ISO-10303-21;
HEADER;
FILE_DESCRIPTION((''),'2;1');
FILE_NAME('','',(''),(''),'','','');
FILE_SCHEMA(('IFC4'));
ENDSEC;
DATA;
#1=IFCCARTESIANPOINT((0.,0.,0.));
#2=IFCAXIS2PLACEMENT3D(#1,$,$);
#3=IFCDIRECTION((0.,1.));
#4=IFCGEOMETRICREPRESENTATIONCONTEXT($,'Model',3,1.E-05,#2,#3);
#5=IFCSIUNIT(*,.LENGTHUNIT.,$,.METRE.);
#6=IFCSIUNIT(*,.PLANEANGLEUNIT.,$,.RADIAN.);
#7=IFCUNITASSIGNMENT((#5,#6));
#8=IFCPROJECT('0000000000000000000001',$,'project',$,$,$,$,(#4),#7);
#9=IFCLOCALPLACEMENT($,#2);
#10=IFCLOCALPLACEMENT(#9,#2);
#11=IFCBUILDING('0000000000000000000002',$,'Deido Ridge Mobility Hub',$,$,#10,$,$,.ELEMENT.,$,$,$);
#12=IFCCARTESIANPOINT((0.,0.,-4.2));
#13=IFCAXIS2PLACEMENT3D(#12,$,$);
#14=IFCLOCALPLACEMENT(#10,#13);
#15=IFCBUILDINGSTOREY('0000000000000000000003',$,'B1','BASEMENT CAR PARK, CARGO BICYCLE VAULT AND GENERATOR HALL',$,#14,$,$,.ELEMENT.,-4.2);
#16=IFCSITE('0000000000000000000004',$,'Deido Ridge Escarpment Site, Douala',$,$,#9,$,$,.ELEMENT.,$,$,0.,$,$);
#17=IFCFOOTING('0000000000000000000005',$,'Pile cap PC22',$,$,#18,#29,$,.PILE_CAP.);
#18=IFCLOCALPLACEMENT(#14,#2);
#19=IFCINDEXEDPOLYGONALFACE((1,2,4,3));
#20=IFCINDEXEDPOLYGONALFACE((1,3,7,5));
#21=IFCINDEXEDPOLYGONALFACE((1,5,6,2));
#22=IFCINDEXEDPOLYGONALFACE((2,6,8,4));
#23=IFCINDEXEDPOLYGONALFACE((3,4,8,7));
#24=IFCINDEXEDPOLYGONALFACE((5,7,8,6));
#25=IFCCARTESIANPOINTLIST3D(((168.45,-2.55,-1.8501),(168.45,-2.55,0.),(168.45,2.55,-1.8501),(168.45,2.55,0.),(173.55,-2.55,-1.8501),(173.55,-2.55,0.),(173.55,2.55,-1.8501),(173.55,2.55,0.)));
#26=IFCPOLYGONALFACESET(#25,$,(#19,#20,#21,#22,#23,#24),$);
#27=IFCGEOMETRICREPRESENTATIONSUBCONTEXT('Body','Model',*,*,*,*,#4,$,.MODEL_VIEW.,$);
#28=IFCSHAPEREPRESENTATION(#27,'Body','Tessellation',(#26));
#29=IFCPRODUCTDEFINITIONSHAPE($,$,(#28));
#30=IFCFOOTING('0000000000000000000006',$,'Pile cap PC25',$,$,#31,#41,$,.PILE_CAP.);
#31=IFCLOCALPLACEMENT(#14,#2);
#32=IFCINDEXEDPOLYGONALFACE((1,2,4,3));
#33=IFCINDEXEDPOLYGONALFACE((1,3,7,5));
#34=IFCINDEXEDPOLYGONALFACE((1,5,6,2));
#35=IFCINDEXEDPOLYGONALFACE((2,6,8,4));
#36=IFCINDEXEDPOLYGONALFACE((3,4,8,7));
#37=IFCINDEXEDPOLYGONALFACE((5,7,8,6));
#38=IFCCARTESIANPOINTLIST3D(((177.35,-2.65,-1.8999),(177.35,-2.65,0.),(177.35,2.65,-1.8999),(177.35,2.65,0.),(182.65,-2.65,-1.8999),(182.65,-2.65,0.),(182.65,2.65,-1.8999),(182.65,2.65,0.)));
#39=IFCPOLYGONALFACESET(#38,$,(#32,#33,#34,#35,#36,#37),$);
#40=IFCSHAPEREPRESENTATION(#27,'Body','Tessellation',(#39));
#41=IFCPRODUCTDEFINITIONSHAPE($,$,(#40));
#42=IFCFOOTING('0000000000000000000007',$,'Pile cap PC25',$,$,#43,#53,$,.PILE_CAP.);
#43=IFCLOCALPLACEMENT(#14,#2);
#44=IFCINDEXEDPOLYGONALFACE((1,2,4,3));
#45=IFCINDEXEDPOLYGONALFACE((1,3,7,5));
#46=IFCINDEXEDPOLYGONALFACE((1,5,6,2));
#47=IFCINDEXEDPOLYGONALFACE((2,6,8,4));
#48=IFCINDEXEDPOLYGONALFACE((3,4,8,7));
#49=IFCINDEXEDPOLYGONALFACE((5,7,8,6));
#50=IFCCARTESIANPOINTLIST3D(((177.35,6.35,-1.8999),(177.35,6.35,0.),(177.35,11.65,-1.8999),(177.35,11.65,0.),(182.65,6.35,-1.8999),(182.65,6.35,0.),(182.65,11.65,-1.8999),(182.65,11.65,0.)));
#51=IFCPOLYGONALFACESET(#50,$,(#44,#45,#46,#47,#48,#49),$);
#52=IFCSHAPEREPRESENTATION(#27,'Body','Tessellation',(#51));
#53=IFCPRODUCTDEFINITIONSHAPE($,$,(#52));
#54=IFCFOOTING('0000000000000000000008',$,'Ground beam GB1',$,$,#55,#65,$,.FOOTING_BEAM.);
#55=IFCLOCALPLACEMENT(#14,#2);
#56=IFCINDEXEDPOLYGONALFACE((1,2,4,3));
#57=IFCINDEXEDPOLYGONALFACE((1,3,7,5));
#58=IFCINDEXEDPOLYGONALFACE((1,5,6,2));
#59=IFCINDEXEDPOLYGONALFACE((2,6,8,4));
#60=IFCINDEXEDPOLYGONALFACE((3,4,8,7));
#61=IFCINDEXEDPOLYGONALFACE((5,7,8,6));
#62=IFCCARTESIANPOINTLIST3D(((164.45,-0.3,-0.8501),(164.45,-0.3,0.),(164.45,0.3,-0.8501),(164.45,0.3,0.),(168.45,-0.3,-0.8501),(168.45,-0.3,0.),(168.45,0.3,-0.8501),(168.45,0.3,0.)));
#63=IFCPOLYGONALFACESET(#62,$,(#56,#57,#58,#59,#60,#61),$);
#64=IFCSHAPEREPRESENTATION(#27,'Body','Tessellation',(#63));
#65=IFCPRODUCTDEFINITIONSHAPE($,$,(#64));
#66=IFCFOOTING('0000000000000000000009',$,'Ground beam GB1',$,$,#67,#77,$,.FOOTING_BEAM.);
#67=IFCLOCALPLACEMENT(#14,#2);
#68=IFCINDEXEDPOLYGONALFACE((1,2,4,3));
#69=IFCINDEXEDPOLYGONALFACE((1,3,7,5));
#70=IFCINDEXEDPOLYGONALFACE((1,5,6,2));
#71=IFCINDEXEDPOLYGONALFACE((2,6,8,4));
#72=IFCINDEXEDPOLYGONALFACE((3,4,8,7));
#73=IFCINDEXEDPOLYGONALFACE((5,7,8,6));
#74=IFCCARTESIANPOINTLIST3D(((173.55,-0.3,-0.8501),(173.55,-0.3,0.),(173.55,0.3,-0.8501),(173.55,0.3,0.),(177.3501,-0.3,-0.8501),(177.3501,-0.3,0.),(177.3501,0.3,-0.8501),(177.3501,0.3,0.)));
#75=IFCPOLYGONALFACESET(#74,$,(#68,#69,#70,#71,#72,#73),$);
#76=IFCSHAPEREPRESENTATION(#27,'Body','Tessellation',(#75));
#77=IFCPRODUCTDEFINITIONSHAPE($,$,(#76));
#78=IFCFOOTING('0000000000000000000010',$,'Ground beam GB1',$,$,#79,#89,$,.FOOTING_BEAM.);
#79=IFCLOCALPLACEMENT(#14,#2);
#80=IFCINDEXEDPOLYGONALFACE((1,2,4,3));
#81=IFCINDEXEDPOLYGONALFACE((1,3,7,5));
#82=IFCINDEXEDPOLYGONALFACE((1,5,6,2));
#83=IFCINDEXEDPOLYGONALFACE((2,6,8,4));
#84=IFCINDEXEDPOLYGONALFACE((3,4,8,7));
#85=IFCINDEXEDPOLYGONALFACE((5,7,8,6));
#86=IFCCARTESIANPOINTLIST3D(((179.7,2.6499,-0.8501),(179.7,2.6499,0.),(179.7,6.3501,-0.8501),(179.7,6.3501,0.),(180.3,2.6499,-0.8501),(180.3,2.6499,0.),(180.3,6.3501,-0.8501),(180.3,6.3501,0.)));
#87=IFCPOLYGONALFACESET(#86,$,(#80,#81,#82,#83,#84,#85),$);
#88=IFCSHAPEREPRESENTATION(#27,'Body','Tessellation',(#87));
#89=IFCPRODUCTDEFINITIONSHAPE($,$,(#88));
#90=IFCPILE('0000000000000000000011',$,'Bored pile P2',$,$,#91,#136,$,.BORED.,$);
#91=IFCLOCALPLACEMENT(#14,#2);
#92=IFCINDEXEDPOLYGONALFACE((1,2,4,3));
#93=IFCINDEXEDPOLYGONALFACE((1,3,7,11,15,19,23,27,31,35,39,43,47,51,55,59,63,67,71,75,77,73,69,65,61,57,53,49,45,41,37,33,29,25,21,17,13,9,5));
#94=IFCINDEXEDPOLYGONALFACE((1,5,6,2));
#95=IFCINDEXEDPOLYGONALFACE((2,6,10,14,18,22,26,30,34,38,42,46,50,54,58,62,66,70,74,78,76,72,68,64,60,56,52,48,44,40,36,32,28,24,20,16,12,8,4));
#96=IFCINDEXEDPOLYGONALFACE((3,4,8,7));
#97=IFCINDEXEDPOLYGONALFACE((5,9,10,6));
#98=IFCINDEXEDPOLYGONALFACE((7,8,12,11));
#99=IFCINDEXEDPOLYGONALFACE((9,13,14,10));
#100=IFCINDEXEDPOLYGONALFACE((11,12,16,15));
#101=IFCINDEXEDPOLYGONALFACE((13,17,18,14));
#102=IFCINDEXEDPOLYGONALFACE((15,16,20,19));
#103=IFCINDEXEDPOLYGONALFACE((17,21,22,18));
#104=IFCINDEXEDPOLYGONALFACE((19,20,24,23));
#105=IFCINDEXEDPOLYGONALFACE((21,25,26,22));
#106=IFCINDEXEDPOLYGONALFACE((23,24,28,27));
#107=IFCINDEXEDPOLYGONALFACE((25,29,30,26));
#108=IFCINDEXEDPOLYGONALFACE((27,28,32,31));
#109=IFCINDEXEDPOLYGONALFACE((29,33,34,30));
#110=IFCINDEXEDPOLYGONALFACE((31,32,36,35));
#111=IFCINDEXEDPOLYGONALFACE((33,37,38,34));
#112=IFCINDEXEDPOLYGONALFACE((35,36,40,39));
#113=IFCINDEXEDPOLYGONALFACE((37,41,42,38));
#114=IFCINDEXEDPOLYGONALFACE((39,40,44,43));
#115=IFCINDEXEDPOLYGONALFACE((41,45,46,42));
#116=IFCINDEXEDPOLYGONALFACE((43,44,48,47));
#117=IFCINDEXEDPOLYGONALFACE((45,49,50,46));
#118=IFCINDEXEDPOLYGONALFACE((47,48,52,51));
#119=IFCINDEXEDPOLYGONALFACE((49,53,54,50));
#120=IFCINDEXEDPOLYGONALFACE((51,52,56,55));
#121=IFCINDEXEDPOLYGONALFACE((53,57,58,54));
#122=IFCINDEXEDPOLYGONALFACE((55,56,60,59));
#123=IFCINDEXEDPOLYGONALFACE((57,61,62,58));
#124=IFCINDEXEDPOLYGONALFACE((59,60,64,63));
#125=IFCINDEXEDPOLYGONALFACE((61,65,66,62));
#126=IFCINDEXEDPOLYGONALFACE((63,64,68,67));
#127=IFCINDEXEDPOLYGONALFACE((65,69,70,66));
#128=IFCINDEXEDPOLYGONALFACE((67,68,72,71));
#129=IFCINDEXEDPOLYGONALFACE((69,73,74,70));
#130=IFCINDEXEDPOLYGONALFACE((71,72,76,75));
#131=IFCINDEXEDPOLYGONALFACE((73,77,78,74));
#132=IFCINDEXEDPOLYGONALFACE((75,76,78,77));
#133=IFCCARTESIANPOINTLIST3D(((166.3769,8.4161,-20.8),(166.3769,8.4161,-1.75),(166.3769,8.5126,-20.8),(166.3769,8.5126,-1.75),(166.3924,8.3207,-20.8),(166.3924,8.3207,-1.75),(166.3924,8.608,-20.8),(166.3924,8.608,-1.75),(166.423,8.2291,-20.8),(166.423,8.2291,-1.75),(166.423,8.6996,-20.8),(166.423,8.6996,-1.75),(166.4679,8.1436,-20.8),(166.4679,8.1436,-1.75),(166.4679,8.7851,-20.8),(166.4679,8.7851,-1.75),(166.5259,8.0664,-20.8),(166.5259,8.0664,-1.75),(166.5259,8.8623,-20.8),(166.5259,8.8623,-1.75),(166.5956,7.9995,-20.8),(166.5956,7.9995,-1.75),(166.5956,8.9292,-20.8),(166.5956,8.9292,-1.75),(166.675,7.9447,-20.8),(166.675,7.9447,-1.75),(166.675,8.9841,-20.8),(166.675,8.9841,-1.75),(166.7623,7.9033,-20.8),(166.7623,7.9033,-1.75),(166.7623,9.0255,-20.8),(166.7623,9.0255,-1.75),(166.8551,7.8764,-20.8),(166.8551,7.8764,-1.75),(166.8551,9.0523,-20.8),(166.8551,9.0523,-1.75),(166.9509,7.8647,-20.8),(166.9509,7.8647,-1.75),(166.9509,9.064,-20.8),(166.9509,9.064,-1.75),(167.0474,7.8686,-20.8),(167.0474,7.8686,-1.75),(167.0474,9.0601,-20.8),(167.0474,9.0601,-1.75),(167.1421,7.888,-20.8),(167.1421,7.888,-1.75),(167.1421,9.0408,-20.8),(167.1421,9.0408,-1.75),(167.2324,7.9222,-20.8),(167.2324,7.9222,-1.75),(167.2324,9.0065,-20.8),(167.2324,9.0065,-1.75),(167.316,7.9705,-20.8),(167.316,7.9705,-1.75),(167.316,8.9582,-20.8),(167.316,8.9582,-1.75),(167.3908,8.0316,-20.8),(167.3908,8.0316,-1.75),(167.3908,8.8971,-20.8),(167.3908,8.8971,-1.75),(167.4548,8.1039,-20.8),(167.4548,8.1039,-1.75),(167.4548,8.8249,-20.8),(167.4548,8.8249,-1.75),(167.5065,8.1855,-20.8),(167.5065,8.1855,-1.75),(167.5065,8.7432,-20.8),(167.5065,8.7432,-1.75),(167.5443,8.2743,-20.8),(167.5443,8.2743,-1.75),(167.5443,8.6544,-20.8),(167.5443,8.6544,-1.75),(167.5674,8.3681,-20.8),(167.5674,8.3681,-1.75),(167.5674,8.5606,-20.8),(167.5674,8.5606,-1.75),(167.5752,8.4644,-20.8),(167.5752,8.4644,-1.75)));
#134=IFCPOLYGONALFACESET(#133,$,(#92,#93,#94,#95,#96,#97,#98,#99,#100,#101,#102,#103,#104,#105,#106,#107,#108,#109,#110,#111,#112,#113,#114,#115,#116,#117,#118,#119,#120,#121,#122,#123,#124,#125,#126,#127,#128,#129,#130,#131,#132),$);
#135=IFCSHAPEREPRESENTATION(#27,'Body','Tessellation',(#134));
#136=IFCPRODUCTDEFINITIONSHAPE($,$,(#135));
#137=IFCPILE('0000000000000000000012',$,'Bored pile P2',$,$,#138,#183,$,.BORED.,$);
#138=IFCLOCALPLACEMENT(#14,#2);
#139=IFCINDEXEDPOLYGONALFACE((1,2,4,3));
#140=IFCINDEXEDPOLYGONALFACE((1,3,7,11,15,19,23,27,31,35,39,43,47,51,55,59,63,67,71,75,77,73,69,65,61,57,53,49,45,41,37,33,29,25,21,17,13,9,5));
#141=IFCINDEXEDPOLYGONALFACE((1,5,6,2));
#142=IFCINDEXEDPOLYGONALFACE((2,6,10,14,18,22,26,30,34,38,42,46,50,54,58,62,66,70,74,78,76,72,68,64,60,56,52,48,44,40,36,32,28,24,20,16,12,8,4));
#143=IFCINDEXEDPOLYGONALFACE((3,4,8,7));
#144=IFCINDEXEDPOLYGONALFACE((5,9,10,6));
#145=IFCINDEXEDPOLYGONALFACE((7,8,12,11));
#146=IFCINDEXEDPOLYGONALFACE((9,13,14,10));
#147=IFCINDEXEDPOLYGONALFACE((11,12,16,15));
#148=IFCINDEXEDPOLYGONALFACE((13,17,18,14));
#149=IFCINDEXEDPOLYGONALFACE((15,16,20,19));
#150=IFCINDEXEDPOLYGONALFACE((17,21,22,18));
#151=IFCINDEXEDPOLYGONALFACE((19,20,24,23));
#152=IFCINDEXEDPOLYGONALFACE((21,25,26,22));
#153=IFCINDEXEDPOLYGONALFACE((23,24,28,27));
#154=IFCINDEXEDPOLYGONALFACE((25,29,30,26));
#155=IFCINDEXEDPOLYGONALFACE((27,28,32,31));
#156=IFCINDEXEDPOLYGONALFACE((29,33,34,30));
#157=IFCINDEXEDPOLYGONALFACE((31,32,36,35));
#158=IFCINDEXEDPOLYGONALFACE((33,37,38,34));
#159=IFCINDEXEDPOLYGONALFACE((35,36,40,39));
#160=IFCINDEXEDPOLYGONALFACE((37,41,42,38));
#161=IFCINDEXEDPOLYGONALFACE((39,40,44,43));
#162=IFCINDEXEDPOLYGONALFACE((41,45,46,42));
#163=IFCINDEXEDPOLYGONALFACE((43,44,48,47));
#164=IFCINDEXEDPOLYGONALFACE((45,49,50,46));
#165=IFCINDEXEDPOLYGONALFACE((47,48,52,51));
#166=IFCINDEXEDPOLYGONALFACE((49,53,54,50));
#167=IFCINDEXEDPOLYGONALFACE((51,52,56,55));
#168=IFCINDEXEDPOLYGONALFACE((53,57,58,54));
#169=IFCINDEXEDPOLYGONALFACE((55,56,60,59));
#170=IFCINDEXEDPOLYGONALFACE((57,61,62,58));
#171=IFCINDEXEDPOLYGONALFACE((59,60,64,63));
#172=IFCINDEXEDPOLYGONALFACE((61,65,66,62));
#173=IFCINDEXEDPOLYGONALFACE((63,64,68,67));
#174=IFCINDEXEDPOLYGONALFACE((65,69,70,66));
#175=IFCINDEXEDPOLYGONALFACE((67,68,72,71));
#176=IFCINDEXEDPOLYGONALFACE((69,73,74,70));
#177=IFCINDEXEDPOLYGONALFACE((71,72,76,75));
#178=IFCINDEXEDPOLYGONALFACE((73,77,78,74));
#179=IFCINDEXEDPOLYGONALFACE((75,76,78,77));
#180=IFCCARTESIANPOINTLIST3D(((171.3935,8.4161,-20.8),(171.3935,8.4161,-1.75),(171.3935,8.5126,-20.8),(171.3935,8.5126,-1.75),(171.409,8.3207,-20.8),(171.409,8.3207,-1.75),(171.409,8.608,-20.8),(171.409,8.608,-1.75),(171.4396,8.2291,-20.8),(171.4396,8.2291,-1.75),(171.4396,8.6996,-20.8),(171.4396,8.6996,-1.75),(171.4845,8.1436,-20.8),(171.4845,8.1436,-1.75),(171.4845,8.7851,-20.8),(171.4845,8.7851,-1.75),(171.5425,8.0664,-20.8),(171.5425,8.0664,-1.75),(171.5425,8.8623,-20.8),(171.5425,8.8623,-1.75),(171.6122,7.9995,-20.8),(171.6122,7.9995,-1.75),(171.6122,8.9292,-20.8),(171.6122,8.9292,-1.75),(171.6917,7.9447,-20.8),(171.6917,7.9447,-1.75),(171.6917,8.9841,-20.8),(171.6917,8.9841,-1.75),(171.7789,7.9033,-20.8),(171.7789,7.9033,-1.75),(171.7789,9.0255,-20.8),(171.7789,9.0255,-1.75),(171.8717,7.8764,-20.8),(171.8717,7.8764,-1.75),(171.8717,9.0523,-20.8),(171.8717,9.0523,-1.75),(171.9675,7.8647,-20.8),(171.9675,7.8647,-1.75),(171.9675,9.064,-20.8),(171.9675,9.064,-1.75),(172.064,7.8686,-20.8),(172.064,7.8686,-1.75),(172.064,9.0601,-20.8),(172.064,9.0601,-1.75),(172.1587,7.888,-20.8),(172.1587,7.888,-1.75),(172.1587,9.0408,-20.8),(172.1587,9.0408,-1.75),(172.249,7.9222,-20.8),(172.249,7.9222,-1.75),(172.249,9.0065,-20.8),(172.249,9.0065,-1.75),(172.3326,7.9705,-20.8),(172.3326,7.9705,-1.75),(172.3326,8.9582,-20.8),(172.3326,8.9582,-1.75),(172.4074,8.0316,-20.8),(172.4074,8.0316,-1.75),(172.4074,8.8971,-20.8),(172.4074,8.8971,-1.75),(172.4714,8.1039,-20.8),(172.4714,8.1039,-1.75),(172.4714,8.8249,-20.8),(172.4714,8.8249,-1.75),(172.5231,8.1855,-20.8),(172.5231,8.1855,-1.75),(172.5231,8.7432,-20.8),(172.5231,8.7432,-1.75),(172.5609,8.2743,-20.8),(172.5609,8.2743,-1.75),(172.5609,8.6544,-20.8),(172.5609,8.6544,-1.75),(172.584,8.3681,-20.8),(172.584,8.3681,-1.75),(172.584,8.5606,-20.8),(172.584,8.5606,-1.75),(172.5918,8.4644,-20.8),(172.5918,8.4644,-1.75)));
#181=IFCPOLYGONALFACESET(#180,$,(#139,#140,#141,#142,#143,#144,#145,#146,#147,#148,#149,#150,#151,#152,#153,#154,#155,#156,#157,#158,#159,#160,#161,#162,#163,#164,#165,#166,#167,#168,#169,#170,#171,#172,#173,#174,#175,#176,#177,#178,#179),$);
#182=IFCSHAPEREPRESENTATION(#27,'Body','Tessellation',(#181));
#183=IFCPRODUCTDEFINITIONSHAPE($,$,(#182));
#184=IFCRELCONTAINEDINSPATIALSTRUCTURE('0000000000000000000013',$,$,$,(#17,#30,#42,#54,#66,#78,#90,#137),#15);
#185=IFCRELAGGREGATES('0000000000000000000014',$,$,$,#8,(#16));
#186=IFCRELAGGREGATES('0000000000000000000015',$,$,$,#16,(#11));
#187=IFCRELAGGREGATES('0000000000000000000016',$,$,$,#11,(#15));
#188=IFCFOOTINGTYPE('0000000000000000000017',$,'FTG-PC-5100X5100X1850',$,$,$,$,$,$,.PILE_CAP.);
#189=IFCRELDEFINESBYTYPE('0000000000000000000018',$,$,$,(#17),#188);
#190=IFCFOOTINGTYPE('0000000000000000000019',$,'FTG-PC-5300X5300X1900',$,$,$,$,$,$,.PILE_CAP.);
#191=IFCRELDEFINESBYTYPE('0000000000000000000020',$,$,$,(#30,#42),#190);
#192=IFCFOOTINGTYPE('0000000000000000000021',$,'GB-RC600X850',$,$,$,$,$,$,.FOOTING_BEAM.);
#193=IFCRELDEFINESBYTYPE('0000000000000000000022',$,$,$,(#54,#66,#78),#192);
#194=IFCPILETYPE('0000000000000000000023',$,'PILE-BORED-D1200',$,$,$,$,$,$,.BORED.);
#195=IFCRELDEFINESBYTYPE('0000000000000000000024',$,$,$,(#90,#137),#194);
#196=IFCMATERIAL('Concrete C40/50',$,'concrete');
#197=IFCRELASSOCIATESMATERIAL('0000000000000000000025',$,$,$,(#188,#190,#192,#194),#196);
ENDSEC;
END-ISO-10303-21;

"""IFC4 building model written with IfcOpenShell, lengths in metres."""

from ifc_helpers import new_model, si_unit, direction, frame, origin, origin_2d, place, context, subcontext, project, spatial, rectangle, circle, extrude, material, material_profile, profile_set, type_object, element, save


model = new_model("IFC4")

# Units and contexts
model_context = context("Model", 3, precision=1e-05, world=origin(), true_north=direction((0.0, 1.0)))
body_context = subcontext(model_context, "Body", "Model", "MODEL_VIEW")
ifc_project = project(units=[si_unit("LENGTHUNIT", "METRE"), si_unit("PLANEANGLEUNIT", "RADIAN")], contexts=[model_context])

# Site, building, storey
site_placement = place(None, origin())
site = spatial("IfcSite", under=ifc_project, at=site_placement, Name="Deido Ridge Escarpment Site, Douala", CompositionType="ELEMENT", RefElevation=0.0)
building_placement = place(site_placement, origin())
building = spatial("IfcBuilding", under=site, at=building_placement, Name="Deido Ridge Mobility Hub", CompositionType="ELEMENT")
storey_placement = place(building_placement, frame((0.0, 0.0, -4.2)))
storey = spatial("IfcBuildingStorey", under=building, at=storey_placement, Name="B1", Description="BASEMENT CAR PARK, CARGO BICYCLE VAULT AND GENERATOR HALL", CompositionType="ELEMENT", Elevation=-4.2)

# Footings
ifc_material_1 = material(Name="Concrete C40/50", Category="concrete")
footing_type_1 = type_object("IfcFootingType", Name="FTG-PC-5100X5100X1850", PredefinedType="PILE_CAP", material=ifc_material_1)
footing_1_placement = place(storey_placement, frame((171.0, 0.0, -1.8501), z_axis=(0.0, 0.0, 1.0), x_axis=(1.0, 0.0, 0.0)))
element("IfcFooting", 1, at=footing_1_placement, inside=storey, type_object=footing_type_1, Name="Pile cap PC22", PredefinedType="PILE_CAP", context=body_context, shape_type="SweptSolid", body=[
    extrude(rectangle(XDim=5.1001, YDim=5.1001, at=origin_2d()), origin(), (0.0, 0.0, 1.0), 1.8501),
])
footing_type_2 = type_object("IfcFootingType", Name="FTG-PC-5300X5300X1900", PredefinedType="PILE_CAP", material=ifc_material_1)
for number, where, z_axis, x_axis, name in (
    (2, (180.0, 0.0, -1.8999), (0.0, 0.0, 1.0), (1.0, 0.0, 0.0), "Pile cap PC25"),
    (3, (180.0, 9.0, -1.8999), (0.0, 0.0, 1.0), (1.0, 0.0, 0.0), "Pile cap PC25"),
):
    element("IfcFooting", number, at=place(storey_placement, frame(where, z_axis=z_axis, x_axis=x_axis)), inside=storey, type_object=footing_type_2, Name=name, PredefinedType="PILE_CAP", context=body_context, shape_type="SweptSolid", body=[
        extrude(rectangle(XDim=5.3, YDim=5.3, at=origin_2d()), origin(), (0.0, 0.0, 1.0), 1.8999),
    ])
ifc_material_profile_1 = material_profile(ifc_material_1, rectangle(XDim=0.6001, YDim=0.8501, at=origin_2d()), Name="RC GB 600x850")
ifc_profile_set_1 = profile_set([ifc_material_profile_1], Name="Concrete C40/50")
footing_type_3 = type_object("IfcFootingType", Name="GB-RC600X850", PredefinedType="FOOTING_BEAM", material=ifc_profile_set_1)
footing_2_placement = place(storey_placement, frame((164.45, 0.0, -0.425), z_axis=(1.0, 0.0, 0.0), x_axis=(0.0, 1.0, 0.0)))
element("IfcFooting", 4, at=footing_2_placement, inside=storey, type_object=footing_type_3, Name="Ground beam GB1", PredefinedType="FOOTING_BEAM", context=body_context, shape_type="SweptSolid", body=[
    extrude(rectangle(XDim=0.6001, YDim=0.8501, at=origin_2d()), origin(), (0.0, 0.0, 1.0), 4.0),
])
footing_3_placement = place(storey_placement, frame((173.55, 0.0, -0.425), z_axis=(1.0, 0.0, 0.0), x_axis=(0.0, 1.0, 0.0)))
element("IfcFooting", 5, at=footing_3_placement, inside=storey, type_object=footing_type_3, Name="Ground beam GB1", PredefinedType="FOOTING_BEAM", context=body_context, shape_type="SweptSolid", body=[
    extrude(rectangle(XDim=0.6001, YDim=0.8501, at=origin_2d()), origin(), (0.0, 0.0, 1.0), 3.8),
])
footing_4_placement = place(storey_placement, frame((180.0, 2.6499, -0.425), z_axis=(0.0, 1.0, 0.0), x_axis=(-1.0, 0.0, 0.0)))
element("IfcFooting", 6, at=footing_4_placement, inside=storey, type_object=footing_type_3, Name="Ground beam GB1", PredefinedType="FOOTING_BEAM", context=body_context, shape_type="SweptSolid", body=[
    extrude(rectangle(XDim=0.6001, YDim=0.8501, at=origin_2d()), origin(), (0.0, 0.0, 1.0), 3.7002),
])

# Piles
ifc_material_profile_2 = material_profile(ifc_material_1, circle(Radius=0.6001, at=origin_2d()), Name="BORED PILE D1200")
ifc_profile_set_2 = profile_set([ifc_material_profile_2], Name="Concrete C40/50")
pile_type = type_object("IfcPileType", Name="PILE-BORED-D1200", PredefinedType="BORED", material=ifc_profile_set_2)
for number, where, z_axis, x_axis, name in (
    (7, (166.9751, 8.4644, -1.75), (0.0, 0.0, -1.0), (1.0, 0.0, 0.0), "Bored pile P2"),
    (8, (171.9917, 8.4644, -1.75), (0.0, 0.0, -1.0), (1.0, 0.0, 0.0), "Bored pile P2"),
):
    element("IfcPile", number, at=place(storey_placement, frame(where, z_axis=z_axis, x_axis=x_axis)), inside=storey, type_object=pile_type, Name=name, PredefinedType="BORED", context=body_context, shape_type="SweptSolid", body=[
        extrude(circle(Radius=0.6001, at=origin_2d()), origin(), (0.0, 0.0, 1.0), 19.05),
    ])

save(model, "model.ifc")
